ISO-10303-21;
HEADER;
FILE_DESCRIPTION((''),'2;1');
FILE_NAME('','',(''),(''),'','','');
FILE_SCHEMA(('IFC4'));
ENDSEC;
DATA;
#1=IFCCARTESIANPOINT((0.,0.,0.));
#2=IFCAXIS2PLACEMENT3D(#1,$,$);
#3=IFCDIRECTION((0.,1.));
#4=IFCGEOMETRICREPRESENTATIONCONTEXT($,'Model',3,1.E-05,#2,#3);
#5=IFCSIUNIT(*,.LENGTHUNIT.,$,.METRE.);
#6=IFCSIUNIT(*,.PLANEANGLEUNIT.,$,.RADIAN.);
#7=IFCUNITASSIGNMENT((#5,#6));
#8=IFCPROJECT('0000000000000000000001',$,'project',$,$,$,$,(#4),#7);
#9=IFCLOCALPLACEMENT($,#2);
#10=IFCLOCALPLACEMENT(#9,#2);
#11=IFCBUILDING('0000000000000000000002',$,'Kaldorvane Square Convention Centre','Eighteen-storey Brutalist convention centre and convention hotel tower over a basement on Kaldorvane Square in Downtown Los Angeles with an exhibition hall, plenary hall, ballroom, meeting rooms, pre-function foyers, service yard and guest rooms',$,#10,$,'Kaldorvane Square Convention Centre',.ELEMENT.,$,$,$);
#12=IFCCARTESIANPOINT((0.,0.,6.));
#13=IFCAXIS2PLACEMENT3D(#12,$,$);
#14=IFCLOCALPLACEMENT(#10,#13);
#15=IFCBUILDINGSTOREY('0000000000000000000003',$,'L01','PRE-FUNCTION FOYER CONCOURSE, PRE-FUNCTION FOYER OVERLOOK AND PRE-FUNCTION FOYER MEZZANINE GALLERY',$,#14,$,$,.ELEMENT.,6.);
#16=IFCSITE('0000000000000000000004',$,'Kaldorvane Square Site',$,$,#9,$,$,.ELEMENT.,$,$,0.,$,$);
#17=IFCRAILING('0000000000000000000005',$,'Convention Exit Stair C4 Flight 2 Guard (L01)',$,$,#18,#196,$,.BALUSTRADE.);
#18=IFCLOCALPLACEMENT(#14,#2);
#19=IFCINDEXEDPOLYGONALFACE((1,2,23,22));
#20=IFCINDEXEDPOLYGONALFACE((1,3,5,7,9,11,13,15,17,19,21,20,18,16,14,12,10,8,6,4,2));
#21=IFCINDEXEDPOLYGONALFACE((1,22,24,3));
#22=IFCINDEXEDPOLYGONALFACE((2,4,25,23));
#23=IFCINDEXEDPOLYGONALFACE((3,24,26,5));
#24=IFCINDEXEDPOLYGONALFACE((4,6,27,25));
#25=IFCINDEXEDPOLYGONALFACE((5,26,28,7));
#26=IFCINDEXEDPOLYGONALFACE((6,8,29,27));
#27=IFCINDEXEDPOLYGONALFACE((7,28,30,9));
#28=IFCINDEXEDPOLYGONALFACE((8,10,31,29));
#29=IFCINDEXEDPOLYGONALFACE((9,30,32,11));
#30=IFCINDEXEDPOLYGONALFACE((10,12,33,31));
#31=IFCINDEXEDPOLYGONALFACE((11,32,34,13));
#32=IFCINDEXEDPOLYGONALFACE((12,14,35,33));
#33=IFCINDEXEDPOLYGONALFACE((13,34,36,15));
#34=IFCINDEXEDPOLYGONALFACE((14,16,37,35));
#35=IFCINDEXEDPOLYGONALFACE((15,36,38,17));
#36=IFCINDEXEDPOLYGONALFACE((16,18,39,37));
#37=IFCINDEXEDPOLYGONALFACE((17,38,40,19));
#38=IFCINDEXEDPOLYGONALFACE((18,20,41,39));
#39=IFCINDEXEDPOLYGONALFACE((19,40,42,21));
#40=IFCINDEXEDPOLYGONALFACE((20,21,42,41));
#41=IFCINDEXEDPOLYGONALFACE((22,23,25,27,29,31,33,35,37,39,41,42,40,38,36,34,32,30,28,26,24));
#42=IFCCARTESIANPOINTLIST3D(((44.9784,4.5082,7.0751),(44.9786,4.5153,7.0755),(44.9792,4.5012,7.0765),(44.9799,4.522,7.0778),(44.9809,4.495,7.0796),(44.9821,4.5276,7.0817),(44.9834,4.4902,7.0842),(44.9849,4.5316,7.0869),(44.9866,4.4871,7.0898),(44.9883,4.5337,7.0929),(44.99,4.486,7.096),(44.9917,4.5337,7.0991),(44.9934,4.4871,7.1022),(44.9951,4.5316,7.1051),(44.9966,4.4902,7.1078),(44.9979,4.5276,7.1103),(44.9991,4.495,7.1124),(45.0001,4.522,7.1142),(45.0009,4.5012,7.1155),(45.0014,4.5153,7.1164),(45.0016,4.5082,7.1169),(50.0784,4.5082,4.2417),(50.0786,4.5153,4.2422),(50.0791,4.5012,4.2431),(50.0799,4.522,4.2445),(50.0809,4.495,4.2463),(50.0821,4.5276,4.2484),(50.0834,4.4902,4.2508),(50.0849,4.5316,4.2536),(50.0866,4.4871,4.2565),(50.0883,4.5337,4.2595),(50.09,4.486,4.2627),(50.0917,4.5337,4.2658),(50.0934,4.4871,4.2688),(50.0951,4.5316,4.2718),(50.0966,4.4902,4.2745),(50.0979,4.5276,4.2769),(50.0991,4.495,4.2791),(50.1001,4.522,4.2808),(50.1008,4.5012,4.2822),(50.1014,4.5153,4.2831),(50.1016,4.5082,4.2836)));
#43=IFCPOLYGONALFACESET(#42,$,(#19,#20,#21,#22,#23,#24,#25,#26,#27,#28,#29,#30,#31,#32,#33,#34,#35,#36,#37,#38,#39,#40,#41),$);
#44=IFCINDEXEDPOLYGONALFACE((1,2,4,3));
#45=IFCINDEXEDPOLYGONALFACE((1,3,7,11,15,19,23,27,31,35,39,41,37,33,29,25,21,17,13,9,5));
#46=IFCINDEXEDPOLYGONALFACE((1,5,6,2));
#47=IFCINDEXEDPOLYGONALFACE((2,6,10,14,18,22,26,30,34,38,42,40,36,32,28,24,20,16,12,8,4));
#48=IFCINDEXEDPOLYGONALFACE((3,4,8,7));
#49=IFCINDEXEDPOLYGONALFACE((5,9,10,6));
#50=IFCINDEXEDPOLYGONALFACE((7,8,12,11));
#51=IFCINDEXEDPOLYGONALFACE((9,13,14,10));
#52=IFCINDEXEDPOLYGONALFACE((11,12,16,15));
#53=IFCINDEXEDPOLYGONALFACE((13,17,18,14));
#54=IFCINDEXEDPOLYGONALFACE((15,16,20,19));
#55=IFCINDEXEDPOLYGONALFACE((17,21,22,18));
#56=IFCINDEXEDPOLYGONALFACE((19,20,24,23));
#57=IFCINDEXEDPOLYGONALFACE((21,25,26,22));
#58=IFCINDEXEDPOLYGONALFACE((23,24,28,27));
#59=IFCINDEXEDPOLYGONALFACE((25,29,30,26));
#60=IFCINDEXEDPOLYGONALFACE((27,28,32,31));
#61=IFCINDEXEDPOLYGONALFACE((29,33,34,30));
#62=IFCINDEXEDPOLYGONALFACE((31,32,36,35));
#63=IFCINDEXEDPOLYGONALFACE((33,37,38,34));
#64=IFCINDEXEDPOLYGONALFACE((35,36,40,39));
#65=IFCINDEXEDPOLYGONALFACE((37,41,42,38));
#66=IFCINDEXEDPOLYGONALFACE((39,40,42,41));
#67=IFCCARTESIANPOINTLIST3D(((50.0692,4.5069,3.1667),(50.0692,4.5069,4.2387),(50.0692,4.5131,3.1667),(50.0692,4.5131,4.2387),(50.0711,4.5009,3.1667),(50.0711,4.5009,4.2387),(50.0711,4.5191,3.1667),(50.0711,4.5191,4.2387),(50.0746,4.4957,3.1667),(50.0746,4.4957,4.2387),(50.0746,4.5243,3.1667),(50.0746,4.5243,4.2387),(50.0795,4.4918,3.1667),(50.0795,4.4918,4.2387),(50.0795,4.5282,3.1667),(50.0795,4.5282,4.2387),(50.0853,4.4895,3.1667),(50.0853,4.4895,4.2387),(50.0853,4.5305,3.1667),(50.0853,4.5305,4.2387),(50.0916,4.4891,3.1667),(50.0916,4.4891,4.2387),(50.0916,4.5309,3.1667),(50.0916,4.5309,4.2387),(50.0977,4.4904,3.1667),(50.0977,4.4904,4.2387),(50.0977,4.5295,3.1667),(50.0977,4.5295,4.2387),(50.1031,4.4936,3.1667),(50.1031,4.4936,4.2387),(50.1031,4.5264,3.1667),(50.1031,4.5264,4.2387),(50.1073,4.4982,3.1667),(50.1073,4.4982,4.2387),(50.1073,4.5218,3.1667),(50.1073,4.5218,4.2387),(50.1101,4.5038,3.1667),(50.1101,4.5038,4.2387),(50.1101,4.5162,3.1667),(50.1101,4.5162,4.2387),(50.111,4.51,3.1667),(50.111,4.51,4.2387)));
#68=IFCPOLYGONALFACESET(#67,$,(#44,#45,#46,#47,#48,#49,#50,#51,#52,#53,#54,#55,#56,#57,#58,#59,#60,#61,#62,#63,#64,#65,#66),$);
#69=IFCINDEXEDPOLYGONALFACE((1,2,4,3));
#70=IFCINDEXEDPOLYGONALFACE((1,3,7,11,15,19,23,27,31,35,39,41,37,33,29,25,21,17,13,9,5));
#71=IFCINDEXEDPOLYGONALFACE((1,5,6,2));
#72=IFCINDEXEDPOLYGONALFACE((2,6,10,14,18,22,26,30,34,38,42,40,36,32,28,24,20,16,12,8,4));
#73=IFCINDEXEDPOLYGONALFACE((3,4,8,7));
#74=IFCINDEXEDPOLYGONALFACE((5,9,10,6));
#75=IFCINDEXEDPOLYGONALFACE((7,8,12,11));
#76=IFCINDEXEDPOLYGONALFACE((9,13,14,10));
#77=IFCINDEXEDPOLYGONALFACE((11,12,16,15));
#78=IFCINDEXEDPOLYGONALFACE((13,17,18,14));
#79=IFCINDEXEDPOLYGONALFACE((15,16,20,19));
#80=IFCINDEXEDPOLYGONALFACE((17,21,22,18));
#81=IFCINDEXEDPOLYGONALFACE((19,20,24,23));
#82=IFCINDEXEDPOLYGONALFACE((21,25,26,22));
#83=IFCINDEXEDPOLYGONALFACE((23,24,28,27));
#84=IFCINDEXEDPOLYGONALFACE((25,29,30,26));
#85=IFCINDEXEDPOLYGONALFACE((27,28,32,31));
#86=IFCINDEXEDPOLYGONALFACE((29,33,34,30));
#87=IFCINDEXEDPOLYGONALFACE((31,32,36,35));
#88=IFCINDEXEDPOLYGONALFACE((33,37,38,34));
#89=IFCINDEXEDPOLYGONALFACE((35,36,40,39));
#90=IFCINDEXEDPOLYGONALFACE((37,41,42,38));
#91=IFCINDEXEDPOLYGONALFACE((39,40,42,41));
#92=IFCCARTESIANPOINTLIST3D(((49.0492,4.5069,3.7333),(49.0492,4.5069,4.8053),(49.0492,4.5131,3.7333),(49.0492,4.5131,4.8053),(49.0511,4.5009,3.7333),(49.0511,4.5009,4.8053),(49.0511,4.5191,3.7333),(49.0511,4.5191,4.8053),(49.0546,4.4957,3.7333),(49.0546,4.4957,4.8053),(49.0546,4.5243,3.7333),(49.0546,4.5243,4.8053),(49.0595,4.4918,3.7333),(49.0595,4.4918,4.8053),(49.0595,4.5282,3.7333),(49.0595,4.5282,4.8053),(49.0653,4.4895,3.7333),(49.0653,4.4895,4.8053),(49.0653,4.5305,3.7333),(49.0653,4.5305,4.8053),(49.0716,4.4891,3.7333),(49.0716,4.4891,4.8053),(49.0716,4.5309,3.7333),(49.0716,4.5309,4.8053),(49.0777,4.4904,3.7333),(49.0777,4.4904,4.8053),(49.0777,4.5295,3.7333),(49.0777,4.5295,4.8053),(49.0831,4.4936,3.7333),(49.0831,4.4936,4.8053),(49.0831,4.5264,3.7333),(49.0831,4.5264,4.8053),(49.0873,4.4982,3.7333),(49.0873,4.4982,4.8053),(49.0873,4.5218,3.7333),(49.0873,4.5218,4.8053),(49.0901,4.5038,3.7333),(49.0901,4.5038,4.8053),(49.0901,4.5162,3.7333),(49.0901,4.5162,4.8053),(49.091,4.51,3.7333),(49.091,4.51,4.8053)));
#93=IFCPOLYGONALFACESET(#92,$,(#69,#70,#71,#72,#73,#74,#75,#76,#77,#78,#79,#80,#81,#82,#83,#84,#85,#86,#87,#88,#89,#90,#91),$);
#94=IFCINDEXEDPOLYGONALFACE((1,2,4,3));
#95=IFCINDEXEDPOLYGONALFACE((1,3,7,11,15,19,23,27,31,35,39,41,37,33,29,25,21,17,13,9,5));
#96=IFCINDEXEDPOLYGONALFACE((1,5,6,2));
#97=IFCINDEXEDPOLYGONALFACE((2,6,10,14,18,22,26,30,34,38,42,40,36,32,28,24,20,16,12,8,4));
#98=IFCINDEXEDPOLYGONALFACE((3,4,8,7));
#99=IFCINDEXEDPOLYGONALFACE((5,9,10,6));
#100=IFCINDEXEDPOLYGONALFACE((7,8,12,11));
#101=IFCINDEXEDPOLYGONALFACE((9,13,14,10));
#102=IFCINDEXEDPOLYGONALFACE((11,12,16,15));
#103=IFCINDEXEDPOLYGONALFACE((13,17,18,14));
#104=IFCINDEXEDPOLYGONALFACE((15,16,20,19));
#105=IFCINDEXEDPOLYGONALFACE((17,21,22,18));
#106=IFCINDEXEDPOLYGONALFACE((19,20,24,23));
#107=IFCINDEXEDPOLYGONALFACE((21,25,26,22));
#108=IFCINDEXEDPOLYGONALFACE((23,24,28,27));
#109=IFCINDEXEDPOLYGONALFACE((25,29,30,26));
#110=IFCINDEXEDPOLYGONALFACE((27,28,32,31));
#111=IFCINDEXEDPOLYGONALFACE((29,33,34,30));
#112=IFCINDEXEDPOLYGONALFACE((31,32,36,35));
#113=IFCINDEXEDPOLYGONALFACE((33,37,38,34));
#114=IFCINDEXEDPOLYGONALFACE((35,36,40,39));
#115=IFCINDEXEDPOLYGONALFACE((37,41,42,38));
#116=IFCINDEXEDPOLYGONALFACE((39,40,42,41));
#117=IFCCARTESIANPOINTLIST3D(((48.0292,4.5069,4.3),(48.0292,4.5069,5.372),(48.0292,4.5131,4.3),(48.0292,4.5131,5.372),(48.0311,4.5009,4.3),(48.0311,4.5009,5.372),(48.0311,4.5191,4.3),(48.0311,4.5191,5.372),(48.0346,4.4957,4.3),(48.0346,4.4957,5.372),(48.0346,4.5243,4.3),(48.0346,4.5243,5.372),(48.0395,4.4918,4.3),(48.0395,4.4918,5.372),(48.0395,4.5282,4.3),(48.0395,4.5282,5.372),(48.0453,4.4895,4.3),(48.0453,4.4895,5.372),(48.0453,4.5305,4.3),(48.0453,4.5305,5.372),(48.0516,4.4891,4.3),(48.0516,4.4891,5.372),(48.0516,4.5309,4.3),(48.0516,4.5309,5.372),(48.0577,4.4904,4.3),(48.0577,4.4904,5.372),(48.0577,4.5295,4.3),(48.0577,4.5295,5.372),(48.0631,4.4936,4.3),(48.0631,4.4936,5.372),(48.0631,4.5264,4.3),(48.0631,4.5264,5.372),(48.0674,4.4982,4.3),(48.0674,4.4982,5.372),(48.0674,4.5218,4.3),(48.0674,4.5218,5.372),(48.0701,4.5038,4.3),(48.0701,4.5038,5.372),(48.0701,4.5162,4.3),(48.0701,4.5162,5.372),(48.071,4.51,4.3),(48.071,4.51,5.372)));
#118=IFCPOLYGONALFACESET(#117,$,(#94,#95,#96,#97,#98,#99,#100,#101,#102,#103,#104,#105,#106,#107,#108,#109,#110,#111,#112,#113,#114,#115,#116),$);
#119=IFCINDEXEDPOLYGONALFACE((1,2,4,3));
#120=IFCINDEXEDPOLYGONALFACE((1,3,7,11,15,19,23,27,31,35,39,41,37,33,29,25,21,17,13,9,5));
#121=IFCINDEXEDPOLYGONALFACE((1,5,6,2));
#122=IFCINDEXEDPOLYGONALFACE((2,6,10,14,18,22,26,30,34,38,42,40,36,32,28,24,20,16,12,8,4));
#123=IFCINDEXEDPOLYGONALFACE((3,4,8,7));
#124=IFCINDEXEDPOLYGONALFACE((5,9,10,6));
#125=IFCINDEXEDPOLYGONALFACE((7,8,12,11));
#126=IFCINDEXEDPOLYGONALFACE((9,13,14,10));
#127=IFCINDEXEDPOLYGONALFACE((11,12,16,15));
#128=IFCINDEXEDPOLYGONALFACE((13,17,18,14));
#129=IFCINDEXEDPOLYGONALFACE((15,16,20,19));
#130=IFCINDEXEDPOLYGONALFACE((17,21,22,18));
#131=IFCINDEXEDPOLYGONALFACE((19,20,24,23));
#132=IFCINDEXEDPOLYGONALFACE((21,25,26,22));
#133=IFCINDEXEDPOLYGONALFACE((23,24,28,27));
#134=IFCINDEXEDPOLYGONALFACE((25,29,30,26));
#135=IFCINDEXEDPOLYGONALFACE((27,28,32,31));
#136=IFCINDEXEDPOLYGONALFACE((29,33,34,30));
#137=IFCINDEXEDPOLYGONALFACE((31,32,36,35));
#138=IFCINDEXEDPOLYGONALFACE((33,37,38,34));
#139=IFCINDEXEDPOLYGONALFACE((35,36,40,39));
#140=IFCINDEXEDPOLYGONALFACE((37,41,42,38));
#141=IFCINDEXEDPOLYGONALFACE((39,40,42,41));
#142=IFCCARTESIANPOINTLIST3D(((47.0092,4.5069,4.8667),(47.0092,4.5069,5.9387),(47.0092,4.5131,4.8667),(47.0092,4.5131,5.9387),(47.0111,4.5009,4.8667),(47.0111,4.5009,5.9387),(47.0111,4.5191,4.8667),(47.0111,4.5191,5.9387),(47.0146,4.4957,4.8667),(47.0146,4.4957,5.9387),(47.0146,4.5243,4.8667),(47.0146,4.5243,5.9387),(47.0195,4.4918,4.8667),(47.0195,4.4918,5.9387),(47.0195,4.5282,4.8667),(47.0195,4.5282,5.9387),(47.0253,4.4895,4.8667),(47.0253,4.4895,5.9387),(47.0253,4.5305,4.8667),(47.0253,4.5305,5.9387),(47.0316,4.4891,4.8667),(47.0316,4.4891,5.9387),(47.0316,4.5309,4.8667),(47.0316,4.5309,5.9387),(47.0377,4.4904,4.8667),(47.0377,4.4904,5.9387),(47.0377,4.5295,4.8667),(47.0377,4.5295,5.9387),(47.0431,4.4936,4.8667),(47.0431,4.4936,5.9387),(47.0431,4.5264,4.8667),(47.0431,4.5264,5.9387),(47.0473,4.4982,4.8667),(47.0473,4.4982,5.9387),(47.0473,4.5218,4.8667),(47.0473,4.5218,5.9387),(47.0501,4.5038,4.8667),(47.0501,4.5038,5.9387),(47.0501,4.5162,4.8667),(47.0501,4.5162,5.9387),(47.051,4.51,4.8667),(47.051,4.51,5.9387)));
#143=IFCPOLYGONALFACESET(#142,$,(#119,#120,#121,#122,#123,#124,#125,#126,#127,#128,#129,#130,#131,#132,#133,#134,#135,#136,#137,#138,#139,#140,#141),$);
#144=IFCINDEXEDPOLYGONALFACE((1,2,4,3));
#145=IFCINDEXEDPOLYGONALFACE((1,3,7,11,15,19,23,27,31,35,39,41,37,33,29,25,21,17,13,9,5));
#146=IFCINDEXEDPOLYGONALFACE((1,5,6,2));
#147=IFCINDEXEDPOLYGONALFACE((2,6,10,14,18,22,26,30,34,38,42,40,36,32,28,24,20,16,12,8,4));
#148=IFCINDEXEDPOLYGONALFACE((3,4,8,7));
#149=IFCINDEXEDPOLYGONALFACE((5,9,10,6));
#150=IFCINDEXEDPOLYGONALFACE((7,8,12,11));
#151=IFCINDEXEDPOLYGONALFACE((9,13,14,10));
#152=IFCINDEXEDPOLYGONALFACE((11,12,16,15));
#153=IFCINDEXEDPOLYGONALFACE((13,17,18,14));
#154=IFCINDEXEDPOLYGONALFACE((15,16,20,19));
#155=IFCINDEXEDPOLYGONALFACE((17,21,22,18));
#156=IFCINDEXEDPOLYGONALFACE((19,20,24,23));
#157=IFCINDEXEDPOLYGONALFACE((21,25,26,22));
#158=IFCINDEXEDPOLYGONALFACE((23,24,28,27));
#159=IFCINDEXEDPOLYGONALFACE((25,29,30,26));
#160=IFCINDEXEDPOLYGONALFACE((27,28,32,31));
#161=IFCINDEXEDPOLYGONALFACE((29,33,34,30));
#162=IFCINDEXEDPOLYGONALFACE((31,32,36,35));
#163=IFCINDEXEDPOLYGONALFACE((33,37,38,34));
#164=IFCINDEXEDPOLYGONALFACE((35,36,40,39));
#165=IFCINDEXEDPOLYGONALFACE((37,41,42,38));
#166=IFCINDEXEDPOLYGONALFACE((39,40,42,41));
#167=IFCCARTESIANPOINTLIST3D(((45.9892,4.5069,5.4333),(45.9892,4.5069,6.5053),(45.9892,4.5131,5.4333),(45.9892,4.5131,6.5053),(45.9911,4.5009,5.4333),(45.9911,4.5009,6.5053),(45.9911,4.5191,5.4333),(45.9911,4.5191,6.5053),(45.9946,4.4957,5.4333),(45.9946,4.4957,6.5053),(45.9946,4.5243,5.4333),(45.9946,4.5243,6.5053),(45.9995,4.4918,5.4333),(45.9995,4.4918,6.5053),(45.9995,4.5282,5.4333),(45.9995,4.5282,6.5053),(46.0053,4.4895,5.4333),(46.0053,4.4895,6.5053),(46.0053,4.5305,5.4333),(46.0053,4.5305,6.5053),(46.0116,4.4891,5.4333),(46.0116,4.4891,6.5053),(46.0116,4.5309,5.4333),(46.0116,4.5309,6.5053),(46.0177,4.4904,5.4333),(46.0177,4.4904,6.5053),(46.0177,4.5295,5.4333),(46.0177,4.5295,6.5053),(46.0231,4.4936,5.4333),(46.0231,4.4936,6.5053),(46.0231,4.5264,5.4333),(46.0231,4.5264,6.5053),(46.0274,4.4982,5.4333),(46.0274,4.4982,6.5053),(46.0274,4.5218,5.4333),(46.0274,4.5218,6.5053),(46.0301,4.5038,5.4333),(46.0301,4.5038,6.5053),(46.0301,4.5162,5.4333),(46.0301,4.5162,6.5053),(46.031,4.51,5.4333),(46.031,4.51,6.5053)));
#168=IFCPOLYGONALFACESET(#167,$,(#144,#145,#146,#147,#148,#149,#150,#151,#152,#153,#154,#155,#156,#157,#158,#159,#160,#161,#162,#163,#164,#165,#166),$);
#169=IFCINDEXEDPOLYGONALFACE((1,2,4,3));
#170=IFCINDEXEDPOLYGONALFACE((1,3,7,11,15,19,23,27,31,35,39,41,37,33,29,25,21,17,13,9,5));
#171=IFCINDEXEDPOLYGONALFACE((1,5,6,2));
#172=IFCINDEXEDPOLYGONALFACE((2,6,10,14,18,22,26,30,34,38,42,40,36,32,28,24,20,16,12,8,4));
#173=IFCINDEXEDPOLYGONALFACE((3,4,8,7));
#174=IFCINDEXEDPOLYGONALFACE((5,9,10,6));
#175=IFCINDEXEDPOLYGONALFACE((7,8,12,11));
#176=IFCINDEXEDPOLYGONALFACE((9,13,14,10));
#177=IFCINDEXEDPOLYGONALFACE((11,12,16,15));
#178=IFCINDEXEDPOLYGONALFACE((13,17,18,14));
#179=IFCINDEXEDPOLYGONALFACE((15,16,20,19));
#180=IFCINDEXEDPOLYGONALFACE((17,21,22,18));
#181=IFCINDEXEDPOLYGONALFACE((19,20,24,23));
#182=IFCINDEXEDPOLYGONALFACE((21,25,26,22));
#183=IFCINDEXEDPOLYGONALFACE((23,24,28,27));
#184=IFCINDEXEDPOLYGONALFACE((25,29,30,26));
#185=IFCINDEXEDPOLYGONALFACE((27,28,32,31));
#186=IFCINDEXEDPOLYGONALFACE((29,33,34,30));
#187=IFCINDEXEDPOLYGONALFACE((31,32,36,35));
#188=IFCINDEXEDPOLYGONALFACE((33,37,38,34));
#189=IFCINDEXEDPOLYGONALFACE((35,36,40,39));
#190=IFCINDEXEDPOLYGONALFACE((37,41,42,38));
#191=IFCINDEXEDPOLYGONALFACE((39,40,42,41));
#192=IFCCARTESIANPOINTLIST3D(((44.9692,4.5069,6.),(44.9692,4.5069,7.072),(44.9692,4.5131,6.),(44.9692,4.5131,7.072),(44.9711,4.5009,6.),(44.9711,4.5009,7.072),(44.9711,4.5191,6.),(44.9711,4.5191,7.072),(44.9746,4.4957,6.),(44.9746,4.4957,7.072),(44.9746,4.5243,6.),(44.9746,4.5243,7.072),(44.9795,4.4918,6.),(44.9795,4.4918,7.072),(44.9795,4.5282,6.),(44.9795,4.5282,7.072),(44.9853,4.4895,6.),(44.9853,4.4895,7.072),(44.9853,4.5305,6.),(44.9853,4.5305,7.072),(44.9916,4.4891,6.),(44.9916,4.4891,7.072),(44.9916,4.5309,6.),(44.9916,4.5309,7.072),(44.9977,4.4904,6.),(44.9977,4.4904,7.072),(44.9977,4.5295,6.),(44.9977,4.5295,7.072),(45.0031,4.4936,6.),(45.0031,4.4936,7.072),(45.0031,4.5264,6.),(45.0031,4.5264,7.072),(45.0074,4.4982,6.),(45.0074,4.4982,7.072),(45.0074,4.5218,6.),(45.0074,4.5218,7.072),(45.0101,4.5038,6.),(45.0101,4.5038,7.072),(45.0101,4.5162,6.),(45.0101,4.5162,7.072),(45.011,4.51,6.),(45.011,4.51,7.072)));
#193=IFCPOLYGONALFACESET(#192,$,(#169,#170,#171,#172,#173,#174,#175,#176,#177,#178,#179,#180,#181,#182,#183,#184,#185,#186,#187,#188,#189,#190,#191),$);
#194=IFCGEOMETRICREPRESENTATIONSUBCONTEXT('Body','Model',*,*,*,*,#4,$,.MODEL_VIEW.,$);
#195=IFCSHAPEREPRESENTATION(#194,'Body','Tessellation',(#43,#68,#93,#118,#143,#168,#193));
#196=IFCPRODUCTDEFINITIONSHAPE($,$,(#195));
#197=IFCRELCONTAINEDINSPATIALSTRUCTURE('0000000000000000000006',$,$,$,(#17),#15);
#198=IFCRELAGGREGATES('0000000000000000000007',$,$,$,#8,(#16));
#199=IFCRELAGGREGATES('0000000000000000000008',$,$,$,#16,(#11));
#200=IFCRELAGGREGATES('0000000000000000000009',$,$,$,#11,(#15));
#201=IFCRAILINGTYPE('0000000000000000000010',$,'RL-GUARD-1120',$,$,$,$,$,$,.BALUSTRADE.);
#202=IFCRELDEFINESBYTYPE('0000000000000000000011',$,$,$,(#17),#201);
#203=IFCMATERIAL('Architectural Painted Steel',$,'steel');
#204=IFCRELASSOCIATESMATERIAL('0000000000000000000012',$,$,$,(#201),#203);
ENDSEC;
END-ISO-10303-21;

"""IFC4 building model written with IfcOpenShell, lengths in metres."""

from ifc_helpers import new_model, si_unit, direction, frame, origin, origin_2d, place, context, subcontext, project, spatial, circle, extrude, material, type_object, element, save


model = new_model("IFC4")

# Units and contexts
model_context = context("Model", 3, precision=1e-05, world=origin(), true_north=direction((0.0, 1.0)))
body_context = subcontext(model_context, "Body", "Model", "MODEL_VIEW")
ifc_project = project(units=[si_unit("LENGTHUNIT", "METRE"), si_unit("PLANEANGLEUNIT", "RADIAN")], contexts=[model_context])

# Site, building, storey
site_placement = place(None, origin())
site = spatial("IfcSite", under=ifc_project, at=site_placement, Name="Kaldorvane Square Site", CompositionType="ELEMENT", RefElevation=0.0)
building_placement = place(site_placement, origin())
building = spatial("IfcBuilding", under=site, at=building_placement, Name="Kaldorvane Square Convention Centre", Description="Eighteen-storey Brutalist convention centre and convention hotel tower over a basement on Kaldorvane Square in Downtown Los Angeles with an exhibition hall, plenary hall, ballroom, meeting rooms, pre-function foyers, service yard and guest rooms", LongName="Kaldorvane Square Convention Centre", CompositionType="ELEMENT")
storey_placement = place(building_placement, frame((0.0, 0.0, 6.0)))
storey = spatial("IfcBuildingStorey", under=building, at=storey_placement, Name="L01", Description="PRE-FUNCTION FOYER CONCOURSE, PRE-FUNCTION FOYER OVERLOOK AND PRE-FUNCTION FOYER MEZZANINE GALLERY", CompositionType="ELEMENT", Elevation=6.0)

# Railing
ifc_material_1 = material(Name="Architectural Painted Steel", Category="steel")
railing_type_1 = type_object("IfcRailingType", Name="RL-GUARD-1120", PredefinedType="BALUSTRADE", material=ifc_material_1)
railing_1_placement = place(storey_placement, frame((50.09, 4.51, 3.1667)))
element("IfcRailing", 1, at=railing_1_placement, inside=storey, type_object=railing_type_1, Name="Convention Exit Stair C4 Flight 2 Guard (L01)", PredefinedType="BALUSTRADE", context=body_context, shape_type="SweptSolid", body=[
    extrude(circle(Radius=0.024, at=origin_2d()), frame((0.0, 0.0, 1.096), z_axis=(-0.874157, 0.0, 0.485643), x_axis=(0.0, -1.0, 0.0)), (0.0, 0.0, 1.0), 5.8342),
    extrude(circle(Radius=0.021, at=origin_2d()), origin(), (0.0, 0.0, 1.0), 1.072),
    extrude(circle(Radius=0.021, at=origin_2d()), frame((-1.02, 0.0, 0.5667)), (0.0, 0.0, 1.0), 1.072),
    extrude(circle(Radius=0.021, at=origin_2d()), frame((-2.04, 0.0, 1.1333)), (0.0, 0.0, 1.0), 1.072),
    extrude(circle(Radius=0.021, at=origin_2d()), frame((-3.06, 0.0, 1.7)), (0.0, 0.0, 1.0), 1.072),
    extrude(circle(Radius=0.021, at=origin_2d()), frame((-4.08, 0.0, 2.2667)), (0.0, 0.0, 1.0), 1.072),
    extrude(circle(Radius=0.021, at=origin_2d()), frame((-5.1, 0.0, 2.8333)), (0.0, 0.0, 1.0), 1.072),
])

save(model, "model.ifc")
